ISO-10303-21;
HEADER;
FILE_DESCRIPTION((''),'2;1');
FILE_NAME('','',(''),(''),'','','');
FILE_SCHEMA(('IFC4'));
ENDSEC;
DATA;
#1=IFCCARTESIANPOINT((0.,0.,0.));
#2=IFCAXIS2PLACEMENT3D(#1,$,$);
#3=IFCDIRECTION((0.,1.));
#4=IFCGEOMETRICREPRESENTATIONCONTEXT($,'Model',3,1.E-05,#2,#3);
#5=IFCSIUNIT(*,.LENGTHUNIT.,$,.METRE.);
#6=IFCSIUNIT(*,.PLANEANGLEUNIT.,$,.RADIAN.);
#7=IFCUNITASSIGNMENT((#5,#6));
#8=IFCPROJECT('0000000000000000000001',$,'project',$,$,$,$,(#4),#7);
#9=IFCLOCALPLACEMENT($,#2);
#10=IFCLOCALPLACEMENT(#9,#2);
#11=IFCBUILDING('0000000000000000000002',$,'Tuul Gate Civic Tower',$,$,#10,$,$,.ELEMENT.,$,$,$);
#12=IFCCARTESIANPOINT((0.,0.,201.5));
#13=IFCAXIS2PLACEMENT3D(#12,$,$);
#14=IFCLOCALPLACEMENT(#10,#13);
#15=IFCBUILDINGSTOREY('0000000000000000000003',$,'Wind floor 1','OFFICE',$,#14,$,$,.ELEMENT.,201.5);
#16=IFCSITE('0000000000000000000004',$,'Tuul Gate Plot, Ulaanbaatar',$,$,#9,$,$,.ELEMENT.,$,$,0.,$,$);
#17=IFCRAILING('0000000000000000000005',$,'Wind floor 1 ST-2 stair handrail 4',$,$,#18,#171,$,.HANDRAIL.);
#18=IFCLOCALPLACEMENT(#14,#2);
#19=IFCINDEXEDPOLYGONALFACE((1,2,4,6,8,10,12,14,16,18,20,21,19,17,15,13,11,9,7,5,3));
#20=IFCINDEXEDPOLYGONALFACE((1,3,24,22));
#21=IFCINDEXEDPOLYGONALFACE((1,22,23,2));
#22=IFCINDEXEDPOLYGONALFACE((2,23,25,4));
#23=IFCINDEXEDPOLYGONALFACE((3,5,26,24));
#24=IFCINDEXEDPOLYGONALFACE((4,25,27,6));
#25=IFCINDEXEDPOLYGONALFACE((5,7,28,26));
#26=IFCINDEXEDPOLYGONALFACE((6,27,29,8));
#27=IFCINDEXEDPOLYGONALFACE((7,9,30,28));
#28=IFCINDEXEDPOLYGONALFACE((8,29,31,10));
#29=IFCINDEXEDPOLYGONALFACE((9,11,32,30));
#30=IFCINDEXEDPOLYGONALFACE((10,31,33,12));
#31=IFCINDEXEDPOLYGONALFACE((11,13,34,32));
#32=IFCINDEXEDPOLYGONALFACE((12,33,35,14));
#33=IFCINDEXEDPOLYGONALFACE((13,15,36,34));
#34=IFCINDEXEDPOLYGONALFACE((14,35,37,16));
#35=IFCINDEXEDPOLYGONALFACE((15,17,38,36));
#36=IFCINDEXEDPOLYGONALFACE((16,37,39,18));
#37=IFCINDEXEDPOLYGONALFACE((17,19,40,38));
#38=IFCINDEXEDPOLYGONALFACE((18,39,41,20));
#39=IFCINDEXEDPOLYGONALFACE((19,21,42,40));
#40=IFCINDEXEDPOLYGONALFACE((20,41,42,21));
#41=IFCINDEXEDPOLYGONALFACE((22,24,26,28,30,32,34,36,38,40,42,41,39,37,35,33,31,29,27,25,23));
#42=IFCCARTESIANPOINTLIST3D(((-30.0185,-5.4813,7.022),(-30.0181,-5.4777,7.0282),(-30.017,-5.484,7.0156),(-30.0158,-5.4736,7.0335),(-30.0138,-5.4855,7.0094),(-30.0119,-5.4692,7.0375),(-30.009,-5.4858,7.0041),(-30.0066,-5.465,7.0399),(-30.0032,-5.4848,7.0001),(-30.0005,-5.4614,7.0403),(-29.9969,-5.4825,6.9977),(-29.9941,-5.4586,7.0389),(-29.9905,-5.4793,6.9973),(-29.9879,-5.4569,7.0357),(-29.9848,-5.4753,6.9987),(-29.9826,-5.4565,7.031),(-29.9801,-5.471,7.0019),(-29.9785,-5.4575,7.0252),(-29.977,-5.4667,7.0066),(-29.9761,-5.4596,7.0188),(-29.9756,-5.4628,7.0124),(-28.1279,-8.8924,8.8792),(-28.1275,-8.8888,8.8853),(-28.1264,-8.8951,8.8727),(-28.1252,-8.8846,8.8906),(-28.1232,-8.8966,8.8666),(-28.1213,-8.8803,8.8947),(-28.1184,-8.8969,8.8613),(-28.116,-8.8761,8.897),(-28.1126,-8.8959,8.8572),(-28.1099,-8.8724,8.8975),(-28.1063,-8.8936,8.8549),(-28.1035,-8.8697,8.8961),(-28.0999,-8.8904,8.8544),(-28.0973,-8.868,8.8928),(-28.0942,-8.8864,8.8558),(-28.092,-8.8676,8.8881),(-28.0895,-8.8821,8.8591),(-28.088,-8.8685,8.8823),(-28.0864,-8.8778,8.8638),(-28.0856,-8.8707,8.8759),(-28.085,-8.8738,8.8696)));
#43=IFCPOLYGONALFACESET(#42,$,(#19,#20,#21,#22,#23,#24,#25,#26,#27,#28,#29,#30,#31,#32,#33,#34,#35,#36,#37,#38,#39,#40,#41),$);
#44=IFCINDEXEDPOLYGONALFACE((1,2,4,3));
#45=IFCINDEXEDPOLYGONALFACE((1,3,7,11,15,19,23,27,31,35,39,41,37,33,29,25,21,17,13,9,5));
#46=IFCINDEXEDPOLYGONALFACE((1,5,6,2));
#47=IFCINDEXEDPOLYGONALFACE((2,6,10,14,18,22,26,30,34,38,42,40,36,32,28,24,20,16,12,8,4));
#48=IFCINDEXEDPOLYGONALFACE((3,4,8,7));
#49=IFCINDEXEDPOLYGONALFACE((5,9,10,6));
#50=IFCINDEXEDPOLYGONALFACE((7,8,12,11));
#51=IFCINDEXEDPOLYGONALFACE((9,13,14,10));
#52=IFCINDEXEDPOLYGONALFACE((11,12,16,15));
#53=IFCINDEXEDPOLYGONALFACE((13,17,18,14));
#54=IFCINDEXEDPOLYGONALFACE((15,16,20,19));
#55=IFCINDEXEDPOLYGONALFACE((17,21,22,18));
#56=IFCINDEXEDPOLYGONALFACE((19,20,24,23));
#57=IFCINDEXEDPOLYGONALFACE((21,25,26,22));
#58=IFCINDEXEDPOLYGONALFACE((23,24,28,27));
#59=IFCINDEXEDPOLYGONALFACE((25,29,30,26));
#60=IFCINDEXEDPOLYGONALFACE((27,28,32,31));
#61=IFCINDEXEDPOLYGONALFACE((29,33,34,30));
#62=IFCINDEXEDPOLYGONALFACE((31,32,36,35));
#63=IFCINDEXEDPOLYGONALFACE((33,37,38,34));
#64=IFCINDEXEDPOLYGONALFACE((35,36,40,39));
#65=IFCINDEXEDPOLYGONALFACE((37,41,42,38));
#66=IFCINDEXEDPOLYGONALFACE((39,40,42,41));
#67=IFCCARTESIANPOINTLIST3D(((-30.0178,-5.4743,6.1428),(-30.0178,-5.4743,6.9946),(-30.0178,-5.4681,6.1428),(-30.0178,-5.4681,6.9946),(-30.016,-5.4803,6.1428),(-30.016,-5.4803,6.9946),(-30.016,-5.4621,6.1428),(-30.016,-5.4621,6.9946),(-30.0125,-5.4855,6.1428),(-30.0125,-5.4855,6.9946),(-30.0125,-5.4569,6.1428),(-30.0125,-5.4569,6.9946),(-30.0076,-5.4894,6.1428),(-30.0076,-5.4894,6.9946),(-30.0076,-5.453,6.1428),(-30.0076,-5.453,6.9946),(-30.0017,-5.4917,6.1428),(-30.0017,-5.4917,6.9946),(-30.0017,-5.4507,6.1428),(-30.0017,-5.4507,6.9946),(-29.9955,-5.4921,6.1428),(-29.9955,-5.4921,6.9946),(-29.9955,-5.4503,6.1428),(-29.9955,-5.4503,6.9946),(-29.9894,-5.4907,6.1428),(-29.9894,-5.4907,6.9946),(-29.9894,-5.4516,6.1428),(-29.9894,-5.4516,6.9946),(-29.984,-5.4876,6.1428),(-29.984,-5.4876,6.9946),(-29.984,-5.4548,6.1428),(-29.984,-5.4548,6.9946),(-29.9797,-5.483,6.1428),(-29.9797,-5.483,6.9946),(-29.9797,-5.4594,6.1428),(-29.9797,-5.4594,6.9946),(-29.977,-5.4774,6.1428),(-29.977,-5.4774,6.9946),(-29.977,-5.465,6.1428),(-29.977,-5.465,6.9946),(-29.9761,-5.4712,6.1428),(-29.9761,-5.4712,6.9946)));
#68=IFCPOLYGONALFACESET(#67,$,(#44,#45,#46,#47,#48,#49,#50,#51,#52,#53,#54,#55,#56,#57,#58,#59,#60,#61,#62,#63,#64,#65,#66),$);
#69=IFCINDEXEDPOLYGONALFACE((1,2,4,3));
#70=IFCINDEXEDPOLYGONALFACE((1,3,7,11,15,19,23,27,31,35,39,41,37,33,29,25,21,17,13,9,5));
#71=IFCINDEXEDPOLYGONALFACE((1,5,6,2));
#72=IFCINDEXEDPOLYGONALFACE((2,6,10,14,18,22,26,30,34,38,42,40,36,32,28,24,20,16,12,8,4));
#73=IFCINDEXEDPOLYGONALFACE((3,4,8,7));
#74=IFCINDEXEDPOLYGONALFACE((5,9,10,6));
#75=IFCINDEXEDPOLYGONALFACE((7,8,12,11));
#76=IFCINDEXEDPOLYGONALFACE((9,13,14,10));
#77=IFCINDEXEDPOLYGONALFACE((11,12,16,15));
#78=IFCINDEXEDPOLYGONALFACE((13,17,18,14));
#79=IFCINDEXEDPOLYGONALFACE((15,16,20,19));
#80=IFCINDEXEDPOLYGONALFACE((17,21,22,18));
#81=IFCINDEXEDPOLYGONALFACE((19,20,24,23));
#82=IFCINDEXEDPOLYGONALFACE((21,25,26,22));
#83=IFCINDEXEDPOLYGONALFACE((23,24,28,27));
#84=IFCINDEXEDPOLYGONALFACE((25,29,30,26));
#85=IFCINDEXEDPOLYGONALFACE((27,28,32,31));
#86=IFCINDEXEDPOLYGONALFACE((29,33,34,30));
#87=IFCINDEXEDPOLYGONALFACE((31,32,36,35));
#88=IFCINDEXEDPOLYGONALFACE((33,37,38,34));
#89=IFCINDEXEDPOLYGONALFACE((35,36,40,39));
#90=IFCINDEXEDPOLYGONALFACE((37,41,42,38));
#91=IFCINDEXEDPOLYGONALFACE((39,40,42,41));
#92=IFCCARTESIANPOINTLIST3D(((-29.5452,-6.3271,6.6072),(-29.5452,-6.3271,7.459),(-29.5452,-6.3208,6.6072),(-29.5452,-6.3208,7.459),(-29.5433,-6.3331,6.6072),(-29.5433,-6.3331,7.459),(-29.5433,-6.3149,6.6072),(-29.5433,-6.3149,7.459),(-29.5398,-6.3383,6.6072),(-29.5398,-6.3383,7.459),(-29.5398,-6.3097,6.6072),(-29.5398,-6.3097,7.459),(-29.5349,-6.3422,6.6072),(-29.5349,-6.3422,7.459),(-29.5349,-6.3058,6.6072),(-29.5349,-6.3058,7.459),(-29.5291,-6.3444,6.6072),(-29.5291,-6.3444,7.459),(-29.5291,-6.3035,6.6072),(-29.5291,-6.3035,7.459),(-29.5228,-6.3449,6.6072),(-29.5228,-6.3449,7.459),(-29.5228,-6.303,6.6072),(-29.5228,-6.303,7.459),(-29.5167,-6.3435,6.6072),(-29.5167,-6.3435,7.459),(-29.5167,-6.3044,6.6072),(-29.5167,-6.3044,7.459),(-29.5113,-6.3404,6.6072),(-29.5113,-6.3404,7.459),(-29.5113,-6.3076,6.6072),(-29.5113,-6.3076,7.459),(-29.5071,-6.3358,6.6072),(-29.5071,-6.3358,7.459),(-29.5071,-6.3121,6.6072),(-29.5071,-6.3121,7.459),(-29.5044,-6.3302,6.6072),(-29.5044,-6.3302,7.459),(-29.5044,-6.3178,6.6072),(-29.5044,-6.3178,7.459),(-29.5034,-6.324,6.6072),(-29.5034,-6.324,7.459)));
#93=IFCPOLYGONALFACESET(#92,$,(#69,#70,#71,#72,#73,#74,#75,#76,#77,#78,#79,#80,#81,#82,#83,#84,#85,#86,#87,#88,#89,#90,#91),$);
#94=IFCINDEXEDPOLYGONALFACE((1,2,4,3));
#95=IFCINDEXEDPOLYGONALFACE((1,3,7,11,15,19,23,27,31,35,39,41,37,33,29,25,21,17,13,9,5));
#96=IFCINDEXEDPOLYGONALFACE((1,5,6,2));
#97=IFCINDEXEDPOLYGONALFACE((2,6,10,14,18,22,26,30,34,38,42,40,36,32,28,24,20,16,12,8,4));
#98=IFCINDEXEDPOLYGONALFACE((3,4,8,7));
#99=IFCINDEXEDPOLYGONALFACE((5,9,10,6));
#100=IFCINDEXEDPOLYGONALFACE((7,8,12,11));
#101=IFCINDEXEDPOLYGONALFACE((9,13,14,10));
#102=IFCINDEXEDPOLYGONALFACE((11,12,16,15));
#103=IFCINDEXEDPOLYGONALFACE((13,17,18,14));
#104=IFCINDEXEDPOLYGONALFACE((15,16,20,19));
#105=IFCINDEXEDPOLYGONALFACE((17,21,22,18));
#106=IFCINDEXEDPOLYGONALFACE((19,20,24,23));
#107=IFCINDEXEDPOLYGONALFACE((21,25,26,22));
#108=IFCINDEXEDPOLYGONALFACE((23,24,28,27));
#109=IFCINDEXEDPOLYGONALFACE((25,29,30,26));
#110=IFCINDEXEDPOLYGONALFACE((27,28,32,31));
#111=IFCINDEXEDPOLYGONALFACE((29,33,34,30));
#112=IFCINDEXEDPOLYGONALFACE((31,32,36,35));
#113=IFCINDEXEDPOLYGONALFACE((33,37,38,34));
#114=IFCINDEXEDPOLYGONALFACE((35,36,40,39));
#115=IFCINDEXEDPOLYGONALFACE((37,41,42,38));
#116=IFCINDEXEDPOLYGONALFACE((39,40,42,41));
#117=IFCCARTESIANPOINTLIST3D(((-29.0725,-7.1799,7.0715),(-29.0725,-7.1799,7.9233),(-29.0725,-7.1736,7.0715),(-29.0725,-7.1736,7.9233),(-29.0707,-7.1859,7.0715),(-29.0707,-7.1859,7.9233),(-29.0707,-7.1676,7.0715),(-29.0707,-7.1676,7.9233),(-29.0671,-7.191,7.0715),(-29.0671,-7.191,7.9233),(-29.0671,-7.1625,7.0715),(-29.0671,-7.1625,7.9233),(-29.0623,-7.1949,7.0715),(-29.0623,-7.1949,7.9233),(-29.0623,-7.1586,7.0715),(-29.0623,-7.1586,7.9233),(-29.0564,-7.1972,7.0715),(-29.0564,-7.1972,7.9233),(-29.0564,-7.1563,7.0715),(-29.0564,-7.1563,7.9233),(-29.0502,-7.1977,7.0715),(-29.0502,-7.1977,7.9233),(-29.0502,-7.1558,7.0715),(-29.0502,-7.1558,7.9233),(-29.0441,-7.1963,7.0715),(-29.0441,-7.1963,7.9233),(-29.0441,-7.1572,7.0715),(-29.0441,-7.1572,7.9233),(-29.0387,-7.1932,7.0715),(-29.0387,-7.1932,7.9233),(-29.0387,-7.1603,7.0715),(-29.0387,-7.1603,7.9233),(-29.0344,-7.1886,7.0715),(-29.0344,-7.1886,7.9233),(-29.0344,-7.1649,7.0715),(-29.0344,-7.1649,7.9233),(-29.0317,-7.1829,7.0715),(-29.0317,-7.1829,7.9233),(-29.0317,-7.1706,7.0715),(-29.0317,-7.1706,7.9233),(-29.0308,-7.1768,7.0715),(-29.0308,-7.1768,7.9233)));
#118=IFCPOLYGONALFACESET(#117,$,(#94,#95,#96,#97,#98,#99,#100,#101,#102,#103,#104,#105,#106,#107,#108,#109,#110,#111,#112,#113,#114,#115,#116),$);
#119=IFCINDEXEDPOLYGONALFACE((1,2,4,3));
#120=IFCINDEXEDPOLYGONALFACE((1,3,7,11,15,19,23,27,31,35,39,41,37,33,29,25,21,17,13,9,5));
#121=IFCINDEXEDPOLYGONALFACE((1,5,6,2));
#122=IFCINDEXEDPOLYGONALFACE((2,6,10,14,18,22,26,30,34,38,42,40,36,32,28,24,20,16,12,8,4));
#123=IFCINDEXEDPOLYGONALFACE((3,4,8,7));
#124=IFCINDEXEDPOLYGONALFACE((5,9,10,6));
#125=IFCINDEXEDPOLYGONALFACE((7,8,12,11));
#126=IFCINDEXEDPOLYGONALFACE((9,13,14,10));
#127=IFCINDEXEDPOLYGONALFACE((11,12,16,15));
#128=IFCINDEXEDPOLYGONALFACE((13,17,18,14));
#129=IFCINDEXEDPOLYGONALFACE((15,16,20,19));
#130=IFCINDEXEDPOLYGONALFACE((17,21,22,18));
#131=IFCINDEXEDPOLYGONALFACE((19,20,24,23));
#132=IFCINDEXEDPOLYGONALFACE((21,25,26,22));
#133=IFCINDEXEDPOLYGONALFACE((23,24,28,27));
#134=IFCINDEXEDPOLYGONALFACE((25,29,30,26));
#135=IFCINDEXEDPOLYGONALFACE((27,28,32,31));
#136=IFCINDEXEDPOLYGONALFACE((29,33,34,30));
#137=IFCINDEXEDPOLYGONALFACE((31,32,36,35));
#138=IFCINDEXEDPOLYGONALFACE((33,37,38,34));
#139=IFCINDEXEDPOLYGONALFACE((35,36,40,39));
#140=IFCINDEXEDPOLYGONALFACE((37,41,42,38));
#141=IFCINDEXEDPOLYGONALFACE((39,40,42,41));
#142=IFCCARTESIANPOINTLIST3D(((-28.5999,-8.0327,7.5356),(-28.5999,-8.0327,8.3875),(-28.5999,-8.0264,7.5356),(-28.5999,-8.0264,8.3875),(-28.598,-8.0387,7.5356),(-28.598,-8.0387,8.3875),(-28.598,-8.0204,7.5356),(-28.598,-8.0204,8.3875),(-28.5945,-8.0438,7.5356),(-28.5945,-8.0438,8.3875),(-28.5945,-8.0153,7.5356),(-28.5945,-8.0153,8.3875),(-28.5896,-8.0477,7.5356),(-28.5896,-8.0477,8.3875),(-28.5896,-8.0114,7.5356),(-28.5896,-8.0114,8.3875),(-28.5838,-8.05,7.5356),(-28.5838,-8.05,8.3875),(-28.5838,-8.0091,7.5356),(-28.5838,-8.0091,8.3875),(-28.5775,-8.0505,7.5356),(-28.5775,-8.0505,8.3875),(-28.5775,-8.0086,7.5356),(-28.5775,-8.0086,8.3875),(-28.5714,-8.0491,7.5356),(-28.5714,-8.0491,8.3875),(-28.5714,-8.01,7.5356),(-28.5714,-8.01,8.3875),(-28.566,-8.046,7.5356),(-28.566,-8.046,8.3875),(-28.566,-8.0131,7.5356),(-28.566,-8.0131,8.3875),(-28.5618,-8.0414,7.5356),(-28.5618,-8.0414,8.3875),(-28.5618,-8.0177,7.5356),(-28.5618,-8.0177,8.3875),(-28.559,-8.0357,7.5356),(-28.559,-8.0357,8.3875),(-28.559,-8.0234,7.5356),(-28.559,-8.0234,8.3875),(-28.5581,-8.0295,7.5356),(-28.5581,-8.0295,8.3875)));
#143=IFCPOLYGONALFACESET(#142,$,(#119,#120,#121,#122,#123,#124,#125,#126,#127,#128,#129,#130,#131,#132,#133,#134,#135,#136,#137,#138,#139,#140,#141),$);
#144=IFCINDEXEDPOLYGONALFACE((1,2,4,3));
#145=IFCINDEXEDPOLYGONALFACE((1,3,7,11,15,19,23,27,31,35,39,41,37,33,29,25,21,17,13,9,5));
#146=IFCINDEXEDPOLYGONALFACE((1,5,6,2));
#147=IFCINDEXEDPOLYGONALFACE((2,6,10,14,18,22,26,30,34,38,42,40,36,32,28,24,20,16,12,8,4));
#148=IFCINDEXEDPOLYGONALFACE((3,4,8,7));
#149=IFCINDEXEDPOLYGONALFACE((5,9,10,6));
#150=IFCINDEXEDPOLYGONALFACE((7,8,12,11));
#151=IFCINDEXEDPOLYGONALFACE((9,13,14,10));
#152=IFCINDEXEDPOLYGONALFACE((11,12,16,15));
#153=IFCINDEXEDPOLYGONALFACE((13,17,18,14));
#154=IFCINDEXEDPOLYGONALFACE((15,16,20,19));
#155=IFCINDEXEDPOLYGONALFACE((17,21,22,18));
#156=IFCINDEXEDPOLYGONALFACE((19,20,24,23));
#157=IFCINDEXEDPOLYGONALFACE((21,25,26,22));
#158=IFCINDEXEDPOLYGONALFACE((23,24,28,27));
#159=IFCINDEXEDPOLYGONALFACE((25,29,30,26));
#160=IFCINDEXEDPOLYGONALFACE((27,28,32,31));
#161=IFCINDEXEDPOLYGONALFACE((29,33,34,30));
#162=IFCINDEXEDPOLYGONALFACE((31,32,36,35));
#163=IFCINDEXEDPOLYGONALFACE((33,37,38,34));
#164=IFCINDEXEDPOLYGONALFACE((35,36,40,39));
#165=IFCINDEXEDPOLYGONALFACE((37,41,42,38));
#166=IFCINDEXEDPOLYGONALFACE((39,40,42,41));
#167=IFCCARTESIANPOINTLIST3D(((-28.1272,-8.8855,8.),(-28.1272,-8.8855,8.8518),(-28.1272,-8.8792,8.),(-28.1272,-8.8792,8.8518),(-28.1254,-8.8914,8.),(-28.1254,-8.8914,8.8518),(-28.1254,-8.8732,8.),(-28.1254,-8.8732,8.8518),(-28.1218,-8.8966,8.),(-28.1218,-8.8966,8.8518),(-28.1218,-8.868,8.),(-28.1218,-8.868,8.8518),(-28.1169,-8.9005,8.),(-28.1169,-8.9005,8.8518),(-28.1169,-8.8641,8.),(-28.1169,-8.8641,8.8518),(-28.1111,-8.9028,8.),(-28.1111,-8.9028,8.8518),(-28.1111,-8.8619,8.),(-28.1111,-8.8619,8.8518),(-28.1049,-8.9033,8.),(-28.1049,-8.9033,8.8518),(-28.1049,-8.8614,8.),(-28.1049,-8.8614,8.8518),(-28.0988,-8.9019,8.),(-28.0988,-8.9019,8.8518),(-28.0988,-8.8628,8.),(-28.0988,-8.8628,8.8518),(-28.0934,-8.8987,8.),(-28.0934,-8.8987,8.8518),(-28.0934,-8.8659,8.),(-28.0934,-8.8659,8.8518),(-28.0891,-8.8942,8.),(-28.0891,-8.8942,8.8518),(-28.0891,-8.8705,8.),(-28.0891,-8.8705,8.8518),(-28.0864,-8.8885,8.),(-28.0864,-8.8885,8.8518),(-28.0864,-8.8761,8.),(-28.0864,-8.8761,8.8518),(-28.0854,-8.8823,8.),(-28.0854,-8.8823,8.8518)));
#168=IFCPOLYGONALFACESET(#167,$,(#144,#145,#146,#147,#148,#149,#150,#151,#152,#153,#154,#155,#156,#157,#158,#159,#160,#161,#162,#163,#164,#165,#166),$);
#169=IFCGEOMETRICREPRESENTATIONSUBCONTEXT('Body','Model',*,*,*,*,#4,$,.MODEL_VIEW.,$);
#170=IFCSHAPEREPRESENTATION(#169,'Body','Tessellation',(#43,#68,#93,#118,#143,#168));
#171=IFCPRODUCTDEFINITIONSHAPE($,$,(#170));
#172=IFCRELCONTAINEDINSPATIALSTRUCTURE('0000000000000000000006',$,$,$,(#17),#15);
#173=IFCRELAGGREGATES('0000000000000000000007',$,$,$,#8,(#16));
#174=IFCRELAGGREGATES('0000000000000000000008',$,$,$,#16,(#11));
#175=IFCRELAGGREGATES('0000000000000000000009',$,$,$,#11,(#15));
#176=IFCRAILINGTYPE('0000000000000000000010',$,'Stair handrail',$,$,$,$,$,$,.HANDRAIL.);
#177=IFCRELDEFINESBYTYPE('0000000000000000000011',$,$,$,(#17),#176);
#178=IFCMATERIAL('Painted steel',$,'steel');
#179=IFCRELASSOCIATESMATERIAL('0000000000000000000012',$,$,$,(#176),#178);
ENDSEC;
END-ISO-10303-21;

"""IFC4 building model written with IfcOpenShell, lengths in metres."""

from ifc_helpers import new_model, si_unit, direction, frame, origin, origin_2d, place, context, subcontext, project, spatial, circle, extrude, material, type_object, element, save


model = new_model("IFC4")

# Units and contexts
model_context = context("Model", 3, precision=1e-05, world=origin(), true_north=direction((0.0, 1.0)))
body_context = subcontext(model_context, "Body", "Model", "MODEL_VIEW")
ifc_project = project(units=[si_unit("LENGTHUNIT", "METRE"), si_unit("PLANEANGLEUNIT", "RADIAN")], contexts=[model_context])

# Site, building, storey
site_placement = place(None, origin())
site = spatial("IfcSite", under=ifc_project, at=site_placement, Name="Tuul Gate Plot, Ulaanbaatar", CompositionType="ELEMENT", RefElevation=0.0)
building_placement = place(site_placement, origin())
building = spatial("IfcBuilding", under=site, at=building_placement, Name="Tuul Gate Civic Tower", CompositionType="ELEMENT")
storey_placement = place(building_placement, frame((0.0, 0.0, 201.5)))
storey = spatial("IfcBuildingStorey", under=building, at=storey_placement, Name="Wind floor 1", Description="OFFICE", CompositionType="ELEMENT", Elevation=201.5)

# Railing
ifc_material_1 = material(Name="Painted steel", Category="steel")
railing_type_1 = type_object("IfcRailingType", Name="Stair handrail", PredefinedType="HANDRAIL", material=ifc_material_1)
for number, where, name in (
    (1, (-29.9971, -5.4712, 6.1428), "Wind floor 1 ST-2 stair handrail 4"),
):
    element("IfcRailing", number, at=place(storey_placement, frame(where)), inside=storey, type_object=railing_type_1, Name=name, PredefinedType="HANDRAIL", context=body_context, shape_type="SweptSolid", body=[
        extrude(circle(Radius=0.0239, at=origin_2d()), frame((0.0, 0.0, 0.876), z_axis=(0.43768, -0.789678, 0.429937), x_axis=(0.874641, 0.484771, 0.0)), (0.0, 0.0, 1.0), 4.3196),
        extrude(circle(Radius=0.021, at=origin_2d()), origin(), (0.0, 0.0, 1.0), 0.8518),
        extrude(circle(Radius=0.021, at=origin_2d()), frame((0.4727, -0.8528, 0.4644)), (0.0, 0.0, 1.0), 0.8518),
        extrude(circle(Radius=0.021, at=origin_2d()), frame((0.9453, -1.7056, 0.9287)), (0.0, 0.0, 1.0), 0.8518),
        extrude(circle(Radius=0.021, at=origin_2d()), frame((1.418, -2.5583, 1.3928)), (0.0, 0.0, 1.0), 0.8518),
        extrude(circle(Radius=0.021, at=origin_2d()), frame((1.8906, -3.4111, 1.8572)), (0.0, 0.0, 1.0), 0.8518),
    ])

save(model, "model.ifc")
